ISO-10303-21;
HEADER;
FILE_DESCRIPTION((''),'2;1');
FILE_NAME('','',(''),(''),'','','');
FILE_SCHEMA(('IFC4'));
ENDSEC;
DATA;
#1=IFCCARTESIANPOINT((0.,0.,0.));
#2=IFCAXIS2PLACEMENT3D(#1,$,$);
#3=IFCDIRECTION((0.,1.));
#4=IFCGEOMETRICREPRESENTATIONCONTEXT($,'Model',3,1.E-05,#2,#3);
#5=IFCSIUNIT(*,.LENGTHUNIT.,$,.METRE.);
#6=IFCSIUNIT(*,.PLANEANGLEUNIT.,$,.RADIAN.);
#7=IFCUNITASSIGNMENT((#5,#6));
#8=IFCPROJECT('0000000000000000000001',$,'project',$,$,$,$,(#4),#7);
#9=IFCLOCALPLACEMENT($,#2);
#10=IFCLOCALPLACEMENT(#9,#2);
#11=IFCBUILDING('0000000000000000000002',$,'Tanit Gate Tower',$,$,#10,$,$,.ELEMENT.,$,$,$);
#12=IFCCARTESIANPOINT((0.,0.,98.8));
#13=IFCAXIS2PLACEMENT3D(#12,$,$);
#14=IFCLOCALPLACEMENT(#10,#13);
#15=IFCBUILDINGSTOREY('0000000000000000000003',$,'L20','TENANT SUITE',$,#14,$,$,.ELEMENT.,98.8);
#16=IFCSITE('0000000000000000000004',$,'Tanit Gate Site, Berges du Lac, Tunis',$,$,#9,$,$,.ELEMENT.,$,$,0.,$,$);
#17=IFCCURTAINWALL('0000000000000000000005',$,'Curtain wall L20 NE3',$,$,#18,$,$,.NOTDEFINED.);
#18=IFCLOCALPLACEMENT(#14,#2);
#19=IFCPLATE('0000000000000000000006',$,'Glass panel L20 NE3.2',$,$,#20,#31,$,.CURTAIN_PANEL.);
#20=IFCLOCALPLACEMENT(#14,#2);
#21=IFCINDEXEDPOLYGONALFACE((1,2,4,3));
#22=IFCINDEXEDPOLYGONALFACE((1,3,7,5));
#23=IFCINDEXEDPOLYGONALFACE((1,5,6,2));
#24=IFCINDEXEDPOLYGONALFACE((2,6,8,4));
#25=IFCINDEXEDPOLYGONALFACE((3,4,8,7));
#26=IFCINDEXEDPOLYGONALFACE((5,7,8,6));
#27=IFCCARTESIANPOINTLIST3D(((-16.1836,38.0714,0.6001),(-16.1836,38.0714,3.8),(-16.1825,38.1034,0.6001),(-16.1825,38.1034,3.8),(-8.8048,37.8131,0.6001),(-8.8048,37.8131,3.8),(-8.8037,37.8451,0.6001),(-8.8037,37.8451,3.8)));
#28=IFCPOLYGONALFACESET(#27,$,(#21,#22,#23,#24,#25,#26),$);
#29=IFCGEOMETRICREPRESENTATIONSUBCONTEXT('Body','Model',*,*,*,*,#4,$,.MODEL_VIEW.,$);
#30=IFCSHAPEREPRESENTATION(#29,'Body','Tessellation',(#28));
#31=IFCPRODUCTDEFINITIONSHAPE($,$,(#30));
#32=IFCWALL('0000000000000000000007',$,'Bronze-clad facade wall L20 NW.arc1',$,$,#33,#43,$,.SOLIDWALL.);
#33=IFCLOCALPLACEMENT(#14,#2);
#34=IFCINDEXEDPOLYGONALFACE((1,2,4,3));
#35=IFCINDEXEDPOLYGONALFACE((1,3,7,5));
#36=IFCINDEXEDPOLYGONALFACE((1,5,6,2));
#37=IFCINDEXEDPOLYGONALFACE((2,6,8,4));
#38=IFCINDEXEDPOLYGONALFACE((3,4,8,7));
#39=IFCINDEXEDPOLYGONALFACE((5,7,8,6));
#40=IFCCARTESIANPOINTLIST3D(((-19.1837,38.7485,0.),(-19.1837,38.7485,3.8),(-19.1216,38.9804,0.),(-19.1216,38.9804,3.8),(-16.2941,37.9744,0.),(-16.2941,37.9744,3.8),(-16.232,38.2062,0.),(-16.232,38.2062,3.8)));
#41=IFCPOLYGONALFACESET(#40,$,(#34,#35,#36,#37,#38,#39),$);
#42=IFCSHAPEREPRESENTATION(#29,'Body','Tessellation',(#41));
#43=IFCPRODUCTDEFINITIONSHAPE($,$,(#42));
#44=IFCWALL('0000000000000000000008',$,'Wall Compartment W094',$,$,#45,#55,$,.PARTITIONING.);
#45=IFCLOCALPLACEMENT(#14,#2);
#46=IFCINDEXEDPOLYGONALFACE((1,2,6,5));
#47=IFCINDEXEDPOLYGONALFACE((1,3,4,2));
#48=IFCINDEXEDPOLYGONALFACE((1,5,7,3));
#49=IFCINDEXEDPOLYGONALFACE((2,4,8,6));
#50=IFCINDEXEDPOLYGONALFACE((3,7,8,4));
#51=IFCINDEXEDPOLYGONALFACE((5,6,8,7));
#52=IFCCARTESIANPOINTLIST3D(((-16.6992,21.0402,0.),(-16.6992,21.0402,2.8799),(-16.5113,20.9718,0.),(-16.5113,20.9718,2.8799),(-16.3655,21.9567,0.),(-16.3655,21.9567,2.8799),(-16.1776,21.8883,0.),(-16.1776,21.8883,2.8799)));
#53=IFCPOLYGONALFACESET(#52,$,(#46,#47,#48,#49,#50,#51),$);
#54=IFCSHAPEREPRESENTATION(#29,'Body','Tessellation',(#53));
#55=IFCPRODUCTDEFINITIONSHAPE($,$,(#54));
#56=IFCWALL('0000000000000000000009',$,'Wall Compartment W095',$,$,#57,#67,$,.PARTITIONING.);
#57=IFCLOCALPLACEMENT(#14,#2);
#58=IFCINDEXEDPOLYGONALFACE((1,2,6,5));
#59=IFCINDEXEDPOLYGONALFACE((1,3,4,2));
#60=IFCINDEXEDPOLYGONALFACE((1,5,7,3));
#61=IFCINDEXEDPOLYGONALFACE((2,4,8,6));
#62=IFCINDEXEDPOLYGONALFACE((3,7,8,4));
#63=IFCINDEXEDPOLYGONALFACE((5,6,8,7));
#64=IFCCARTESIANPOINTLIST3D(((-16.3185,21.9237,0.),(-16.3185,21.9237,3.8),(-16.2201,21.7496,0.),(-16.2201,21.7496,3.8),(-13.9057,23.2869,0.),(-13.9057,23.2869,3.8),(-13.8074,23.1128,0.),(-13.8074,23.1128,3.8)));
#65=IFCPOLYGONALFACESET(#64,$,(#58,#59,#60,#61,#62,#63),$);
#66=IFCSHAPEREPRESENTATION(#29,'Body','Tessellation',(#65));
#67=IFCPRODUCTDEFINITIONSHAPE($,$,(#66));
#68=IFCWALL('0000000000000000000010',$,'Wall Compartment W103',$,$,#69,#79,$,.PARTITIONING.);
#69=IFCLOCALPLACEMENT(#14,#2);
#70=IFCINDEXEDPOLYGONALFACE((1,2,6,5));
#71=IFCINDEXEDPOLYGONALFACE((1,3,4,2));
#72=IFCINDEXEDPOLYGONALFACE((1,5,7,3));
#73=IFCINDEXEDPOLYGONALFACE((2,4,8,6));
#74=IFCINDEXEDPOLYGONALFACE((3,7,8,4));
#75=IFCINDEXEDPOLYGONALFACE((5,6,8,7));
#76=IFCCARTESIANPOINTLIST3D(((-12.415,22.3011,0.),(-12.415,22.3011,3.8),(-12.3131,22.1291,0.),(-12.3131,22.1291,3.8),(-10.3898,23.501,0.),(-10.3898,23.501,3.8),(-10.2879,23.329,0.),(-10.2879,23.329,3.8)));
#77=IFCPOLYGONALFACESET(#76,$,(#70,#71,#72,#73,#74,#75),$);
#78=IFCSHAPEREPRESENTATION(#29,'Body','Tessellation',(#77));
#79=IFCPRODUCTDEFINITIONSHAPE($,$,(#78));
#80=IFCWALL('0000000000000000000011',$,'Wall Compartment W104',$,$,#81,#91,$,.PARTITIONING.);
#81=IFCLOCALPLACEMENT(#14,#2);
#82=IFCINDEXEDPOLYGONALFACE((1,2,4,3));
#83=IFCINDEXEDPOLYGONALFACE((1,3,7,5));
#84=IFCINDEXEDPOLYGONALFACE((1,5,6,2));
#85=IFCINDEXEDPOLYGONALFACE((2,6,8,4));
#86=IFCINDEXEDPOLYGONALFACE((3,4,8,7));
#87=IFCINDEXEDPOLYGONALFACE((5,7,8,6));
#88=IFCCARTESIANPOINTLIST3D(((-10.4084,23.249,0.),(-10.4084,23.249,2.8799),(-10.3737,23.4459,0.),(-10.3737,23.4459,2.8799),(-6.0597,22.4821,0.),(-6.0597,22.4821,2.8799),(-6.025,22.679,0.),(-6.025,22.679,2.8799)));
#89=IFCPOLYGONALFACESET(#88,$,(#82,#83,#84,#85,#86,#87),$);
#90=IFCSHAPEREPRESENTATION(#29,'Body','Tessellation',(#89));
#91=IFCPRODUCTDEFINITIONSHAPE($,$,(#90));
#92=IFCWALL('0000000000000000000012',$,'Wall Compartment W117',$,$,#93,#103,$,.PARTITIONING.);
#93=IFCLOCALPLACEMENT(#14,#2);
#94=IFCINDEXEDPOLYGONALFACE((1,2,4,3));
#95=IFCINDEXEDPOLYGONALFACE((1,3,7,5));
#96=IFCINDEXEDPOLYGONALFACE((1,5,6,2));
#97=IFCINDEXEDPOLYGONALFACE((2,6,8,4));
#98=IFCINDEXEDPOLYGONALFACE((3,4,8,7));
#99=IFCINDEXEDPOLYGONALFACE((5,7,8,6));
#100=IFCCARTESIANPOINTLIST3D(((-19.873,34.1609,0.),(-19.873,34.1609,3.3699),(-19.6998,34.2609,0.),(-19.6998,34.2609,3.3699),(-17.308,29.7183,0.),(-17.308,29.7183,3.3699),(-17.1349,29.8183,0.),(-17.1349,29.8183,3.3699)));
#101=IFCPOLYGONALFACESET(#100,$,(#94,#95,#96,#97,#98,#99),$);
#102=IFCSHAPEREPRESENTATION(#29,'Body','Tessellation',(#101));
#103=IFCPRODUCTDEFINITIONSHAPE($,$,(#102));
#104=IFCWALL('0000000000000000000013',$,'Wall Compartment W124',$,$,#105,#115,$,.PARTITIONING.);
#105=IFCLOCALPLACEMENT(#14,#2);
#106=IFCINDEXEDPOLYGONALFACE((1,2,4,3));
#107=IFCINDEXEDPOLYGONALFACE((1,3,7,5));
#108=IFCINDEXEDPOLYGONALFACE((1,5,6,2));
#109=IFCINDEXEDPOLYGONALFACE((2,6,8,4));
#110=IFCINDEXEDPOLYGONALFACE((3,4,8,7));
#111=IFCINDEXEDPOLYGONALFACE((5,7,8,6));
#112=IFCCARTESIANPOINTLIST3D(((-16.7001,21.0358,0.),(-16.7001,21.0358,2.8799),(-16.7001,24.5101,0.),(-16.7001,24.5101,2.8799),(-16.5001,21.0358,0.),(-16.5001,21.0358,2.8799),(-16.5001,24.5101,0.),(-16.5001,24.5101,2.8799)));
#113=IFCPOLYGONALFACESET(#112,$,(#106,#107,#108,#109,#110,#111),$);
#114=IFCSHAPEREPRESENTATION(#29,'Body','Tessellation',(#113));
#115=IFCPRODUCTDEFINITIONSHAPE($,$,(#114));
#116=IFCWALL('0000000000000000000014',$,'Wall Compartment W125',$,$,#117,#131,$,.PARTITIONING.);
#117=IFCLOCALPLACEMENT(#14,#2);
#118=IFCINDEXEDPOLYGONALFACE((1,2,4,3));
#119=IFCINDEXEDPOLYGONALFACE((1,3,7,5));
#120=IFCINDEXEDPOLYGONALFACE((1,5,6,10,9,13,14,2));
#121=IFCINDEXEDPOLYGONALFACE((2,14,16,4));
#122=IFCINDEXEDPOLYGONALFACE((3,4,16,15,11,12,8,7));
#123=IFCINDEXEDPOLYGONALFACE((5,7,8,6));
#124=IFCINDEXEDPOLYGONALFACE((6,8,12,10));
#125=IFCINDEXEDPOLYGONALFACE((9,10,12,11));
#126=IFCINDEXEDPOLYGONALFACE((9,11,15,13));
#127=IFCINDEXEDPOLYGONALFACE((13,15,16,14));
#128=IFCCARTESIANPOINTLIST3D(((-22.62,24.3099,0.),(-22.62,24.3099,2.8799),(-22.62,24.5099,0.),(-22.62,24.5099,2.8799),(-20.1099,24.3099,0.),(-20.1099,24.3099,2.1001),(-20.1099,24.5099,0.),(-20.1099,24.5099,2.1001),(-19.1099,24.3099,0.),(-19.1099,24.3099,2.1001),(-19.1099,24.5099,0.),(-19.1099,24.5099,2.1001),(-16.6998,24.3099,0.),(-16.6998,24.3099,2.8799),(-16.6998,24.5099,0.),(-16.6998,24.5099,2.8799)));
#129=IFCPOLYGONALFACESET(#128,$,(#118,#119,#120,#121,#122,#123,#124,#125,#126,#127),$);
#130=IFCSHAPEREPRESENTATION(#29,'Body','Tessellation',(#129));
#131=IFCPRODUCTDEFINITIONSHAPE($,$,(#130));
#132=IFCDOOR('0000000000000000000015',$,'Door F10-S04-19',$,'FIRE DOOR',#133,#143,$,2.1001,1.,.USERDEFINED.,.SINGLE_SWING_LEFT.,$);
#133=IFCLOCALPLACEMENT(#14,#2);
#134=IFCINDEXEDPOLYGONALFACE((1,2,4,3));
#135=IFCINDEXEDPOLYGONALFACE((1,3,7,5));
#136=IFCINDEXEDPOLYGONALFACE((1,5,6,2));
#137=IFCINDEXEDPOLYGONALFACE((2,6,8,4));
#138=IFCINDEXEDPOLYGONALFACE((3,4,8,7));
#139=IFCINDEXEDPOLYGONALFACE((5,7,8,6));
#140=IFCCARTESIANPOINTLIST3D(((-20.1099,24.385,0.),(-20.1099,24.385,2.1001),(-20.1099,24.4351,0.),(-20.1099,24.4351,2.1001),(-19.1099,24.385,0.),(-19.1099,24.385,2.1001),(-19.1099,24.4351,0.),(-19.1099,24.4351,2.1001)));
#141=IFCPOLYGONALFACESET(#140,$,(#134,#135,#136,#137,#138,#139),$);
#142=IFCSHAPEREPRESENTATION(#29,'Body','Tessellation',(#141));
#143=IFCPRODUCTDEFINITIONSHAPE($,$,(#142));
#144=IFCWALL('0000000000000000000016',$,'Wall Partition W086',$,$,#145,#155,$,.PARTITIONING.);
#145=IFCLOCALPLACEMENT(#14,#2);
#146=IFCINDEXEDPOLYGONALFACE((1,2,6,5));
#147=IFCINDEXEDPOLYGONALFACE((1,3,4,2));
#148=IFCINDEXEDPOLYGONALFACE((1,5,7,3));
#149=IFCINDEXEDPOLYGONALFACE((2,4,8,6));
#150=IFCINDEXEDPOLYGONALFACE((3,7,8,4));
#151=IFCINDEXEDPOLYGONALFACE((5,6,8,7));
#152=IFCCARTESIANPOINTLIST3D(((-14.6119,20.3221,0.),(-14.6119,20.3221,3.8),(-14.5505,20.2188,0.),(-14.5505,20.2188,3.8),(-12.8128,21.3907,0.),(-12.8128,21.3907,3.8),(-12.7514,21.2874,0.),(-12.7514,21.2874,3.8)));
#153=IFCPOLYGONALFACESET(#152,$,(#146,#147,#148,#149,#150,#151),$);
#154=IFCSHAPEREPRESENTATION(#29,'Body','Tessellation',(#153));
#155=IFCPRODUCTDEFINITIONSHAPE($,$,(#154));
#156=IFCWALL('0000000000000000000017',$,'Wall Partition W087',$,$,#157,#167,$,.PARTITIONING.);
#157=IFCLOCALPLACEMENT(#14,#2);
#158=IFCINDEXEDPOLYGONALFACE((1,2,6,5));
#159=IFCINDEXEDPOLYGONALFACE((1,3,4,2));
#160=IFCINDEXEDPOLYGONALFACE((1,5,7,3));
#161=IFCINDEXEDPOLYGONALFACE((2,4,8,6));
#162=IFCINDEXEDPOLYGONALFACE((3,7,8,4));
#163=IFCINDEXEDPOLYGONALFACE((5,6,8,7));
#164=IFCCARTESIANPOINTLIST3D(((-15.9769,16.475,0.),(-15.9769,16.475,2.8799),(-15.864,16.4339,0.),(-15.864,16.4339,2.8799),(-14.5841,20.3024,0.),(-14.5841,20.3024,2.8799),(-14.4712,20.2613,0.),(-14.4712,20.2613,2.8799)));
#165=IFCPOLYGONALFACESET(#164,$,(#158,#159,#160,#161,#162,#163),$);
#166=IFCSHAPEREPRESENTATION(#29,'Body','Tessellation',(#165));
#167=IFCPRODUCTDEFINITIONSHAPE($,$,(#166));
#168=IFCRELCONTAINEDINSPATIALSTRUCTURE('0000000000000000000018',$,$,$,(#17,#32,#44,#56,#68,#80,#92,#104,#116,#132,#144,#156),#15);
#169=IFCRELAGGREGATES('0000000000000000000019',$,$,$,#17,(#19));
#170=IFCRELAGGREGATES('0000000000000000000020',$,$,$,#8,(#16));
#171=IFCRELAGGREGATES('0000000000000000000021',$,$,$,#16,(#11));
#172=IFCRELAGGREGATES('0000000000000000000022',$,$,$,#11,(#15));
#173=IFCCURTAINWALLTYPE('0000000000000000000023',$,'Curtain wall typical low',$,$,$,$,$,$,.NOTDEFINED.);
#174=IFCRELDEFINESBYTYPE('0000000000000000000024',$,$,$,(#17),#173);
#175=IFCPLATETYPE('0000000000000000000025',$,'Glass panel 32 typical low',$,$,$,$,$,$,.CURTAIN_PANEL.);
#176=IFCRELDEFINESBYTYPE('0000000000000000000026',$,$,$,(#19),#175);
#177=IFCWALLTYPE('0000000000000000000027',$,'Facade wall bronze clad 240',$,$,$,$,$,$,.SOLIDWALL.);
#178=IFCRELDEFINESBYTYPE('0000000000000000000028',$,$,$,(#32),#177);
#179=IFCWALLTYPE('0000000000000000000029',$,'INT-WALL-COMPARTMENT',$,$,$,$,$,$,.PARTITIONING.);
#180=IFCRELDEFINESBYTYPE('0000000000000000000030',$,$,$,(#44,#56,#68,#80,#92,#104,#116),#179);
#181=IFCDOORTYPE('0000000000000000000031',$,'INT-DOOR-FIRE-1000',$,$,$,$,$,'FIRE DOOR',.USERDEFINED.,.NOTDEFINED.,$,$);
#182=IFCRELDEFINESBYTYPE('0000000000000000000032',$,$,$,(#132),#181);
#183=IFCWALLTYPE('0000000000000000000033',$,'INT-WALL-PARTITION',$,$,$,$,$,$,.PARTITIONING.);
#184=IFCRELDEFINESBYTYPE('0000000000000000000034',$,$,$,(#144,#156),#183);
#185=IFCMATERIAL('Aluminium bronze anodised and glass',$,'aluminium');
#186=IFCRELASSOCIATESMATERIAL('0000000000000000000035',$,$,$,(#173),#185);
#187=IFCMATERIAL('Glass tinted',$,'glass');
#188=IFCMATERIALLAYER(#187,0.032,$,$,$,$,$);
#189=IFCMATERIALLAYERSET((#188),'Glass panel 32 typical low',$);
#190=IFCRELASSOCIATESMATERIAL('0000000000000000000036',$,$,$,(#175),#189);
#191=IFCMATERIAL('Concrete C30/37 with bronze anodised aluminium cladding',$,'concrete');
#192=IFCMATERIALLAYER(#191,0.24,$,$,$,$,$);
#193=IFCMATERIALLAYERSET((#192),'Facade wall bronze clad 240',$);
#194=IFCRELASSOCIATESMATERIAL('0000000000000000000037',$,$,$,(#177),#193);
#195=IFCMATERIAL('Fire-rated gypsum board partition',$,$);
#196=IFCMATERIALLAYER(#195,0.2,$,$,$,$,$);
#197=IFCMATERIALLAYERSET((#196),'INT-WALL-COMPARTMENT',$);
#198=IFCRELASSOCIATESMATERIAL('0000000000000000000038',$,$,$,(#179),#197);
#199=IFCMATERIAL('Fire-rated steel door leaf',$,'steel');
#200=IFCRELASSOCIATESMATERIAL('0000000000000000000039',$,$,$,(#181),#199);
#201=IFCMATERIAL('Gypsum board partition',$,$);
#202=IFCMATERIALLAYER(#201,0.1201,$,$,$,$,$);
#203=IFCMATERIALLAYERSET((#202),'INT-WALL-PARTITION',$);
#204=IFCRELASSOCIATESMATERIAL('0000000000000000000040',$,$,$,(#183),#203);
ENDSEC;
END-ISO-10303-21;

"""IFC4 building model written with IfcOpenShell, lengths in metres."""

from ifc_helpers import new_model, si_unit, direction, frame, frame_2d, origin, origin_2d, place, context, subcontext, project, spatial, rectangle, extrude, material, layer, layer_set, type_object, element, fill, aggregate, save


model = new_model("IFC4")

# Units and contexts
model_context = context("Model", 3, precision=1e-05, world=origin(), true_north=direction((0.0, 1.0)))
body_context = subcontext(model_context, "Body", "Model", "MODEL_VIEW")
ifc_project = project(units=[si_unit("LENGTHUNIT", "METRE"), si_unit("PLANEANGLEUNIT", "RADIAN")], contexts=[model_context])

# Site, building, storey
site_placement = place(None, origin())
site = spatial("IfcSite", under=ifc_project, at=site_placement, Name="Tanit Gate Site, Berges du Lac, Tunis", CompositionType="ELEMENT", RefElevation=0.0)
building_placement = place(site_placement, origin())
building = spatial("IfcBuilding", under=site, at=building_placement, Name="Tanit Gate Tower", CompositionType="ELEMENT")
storey_placement = place(building_placement, frame((0.0, 0.0, 98.8)))
storey = spatial("IfcBuildingStorey", under=building, at=storey_placement, Name="L20", Description="TENANT SUITE", CompositionType="ELEMENT", Elevation=98.8)

# Curtain wall
ifc_material_1 = material(Name="Aluminium bronze anodised and glass", Category="aluminium")
curtain_wall_type = type_object("IfcCurtainWallType", Name="Curtain wall typical low", PredefinedType="NOTDEFINED", material=ifc_material_1)
curtain_wall_placement = place(storey_placement, origin())
curtain_wall = element("IfcCurtainWall", 1, at=curtain_wall_placement, inside=storey, type_object=curtain_wall_type, Name="Curtain wall L20 NE3", PredefinedType="NOTDEFINED")

# Plate
ifc_material_2 = material(Name="Glass tinted", Category="glass")
ifc_layer_1 = layer(ifc_material_2, 0.032)
ifc_layer_set_1 = layer_set([ifc_layer_1], Name="Glass panel 32 typical low")
plate_type = type_object("IfcPlateType", Name="Glass panel 32 typical low", PredefinedType="CURTAIN_PANEL", material=ifc_layer_set_1)
plate_1_placement = place(storey_placement, frame((-12.4937, 37.9583, 0.6001), z_axis=(0.0, 0.0, 1.0), x_axis=(-0.999388, 0.034985, 0.0)))
plate_1 = element("IfcPlate", 2, at=plate_1_placement, type_object=plate_type, Name="Glass panel L20 NE3.2", PredefinedType="CURTAIN_PANEL", context=body_context, shape_type="SweptSolid", body=[
    extrude(rectangle(XDim=7.3833, YDim=0.032, at=origin_2d()), origin(), (0.0, 0.0, 1.0), 3.2),
])
aggregate(curtain_wall, [plate_1])

# Walls
ifc_material_3 = material(Name="Concrete C30/37 with bronze anodised aluminium cladding", Category="concrete")
ifc_layer_2 = layer(ifc_material_3, 0.24)
ifc_layer_set_2 = layer_set([ifc_layer_2], Name="Facade wall bronze clad 240")
wall_type_1 = type_object("IfcWallType", Name="Facade wall bronze clad 240", PredefinedType="SOLIDWALL", material=ifc_layer_set_2)
wall_1_placement = place(storey_placement, frame((-16.2632, 38.0903, 0.0), z_axis=(0.0, 0.0, 1.0), x_axis=(-0.965935, 0.258785, 0.0)))
element("IfcWall", 3, at=wall_1_placement, inside=storey, type_object=wall_type_1, Name="Bronze-clad facade wall L20 NW.arc1", PredefinedType="SOLIDWALL", context=body_context, shape_type="SweptSolid", body=[
    extrude(rectangle(XDim=2.9915, YDim=0.24, at=frame_2d((1.4956, 0.0))), origin(), (0.0, 0.0, 1.0), 3.8),
])
ifc_material_4 = material(Name="Fire-rated gypsum board partition")
ifc_layer_3 = layer(ifc_material_4, 0.2)
ifc_layer_set_3 = layer_set([ifc_layer_3], Name="INT-WALL-COMPARTMENT")
wall_type_2 = type_object("IfcWallType", Name="INT-WALL-COMPARTMENT", PredefinedType="PARTITIONING", material=ifc_layer_set_3)
wall_2_placement = place(storey_placement, frame((-16.2715, 21.9226, 0.0), z_axis=(0.0, 0.0, 1.0), x_axis=(-0.342165, -0.93964, 0.0)))
element("IfcWall", 4, at=wall_2_placement, inside=storey, type_object=wall_type_2, Name="Wall Compartment W094", PredefinedType="PARTITIONING", context=body_context, shape_type="SweptSolid", body=[
    extrude(rectangle(XDim=0.9753, YDim=0.2, at=frame_2d((0.4878, 0.0))), origin(), (0.0, 0.0, 1.0), 2.8799),
])
wall_3_placement = place(storey_placement, frame((-13.8564, 23.2, 0.0), z_axis=(0.0, 0.0, 1.0), x_axis=(-0.87064, -0.491921, 0.0)))
element("IfcWall", 5, at=wall_3_placement, inside=storey, type_object=wall_type_2, Name="Wall Compartment W095", PredefinedType="PARTITIONING", context=body_context, shape_type="SweptSolid", body=[
    extrude(rectangle(XDim=2.7712, YDim=0.2, at=frame_2d((1.3857, 0.0))), origin(), (0.0, 0.0, 1.0), 3.8),
])
wall_4_placement = place(storey_placement, frame((-10.3389, 23.415, 0.0), z_axis=(0.0, 0.0, 1.0), x_axis=(-0.860317, -0.50976, 0.0)))
element("IfcWall", 6, at=wall_4_placement, inside=storey, type_object=wall_type_2, Name="Wall Compartment W103", PredefinedType="PARTITIONING", context=body_context, shape_type="SweptSolid", body=[
    extrude(rectangle(XDim=2.354, YDim=0.2, at=frame_2d((1.177, 0.0))), origin(), (0.0, 0.0, 1.0), 3.8),
])
wall_5_placement = place(storey_placement, frame((-6.0422, 22.5806, 0.0), z_axis=(0.0, 0.0, 1.0), x_axis=(-0.984805, 0.173662, 0.0)))
element("IfcWall", 7, at=wall_5_placement, inside=storey, type_object=wall_type_2, Name="Wall Compartment W104", PredefinedType="PARTITIONING", context=body_context, shape_type="SweptSolid", body=[
    extrude(rectangle(XDim=4.4158, YDim=0.2, at=frame_2d((2.208, 0.0))), origin(), (0.0, 0.0, 1.0), 2.8799),
])
wall_6_placement = place(storey_placement, frame((-17.2214, 29.7683, 0.0), z_axis=(0.0, 0.0, 1.0), x_axis=(-0.499998, 0.866026, 0.0)))
element("IfcWall", 8, at=wall_6_placement, inside=storey, type_object=wall_type_2, Name="Wall Compartment W117", PredefinedType="PARTITIONING", context=body_context, shape_type="SweptSolid", body=[
    extrude(rectangle(XDim=5.1299, YDim=0.2, at=frame_2d((2.5649, 0.0))), origin(), (0.0, 0.0, 1.0), 3.3699),
])
wall_7_placement = place(storey_placement, frame((-16.6001, 21.0356, 0.0), z_axis=(0.0, 0.0, 1.0), x_axis=(0.0, 1.0, 0.0)))
element("IfcWall", 9, at=wall_7_placement, inside=storey, type_object=wall_type_2, Name="Wall Compartment W124", PredefinedType="PARTITIONING", context=body_context, shape_type="SweptSolid", body=[
    extrude(rectangle(XDim=3.4744, YDim=0.2, at=frame_2d((1.7373, 0.0))), origin(), (0.0, 0.0, 1.0), 2.8799),
])

# Wall, opening, door
wall_8_placement = place(storey_placement, frame((-16.7, 24.4099, 0.0), z_axis=(0.0, 0.0, 1.0), x_axis=(-1.0, 0.0, 0.0)))
wall_8 = element("IfcWall", 10, at=wall_8_placement, inside=storey, type_object=wall_type_2, Name="Wall Compartment W125", PredefinedType="PARTITIONING", context=body_context, shape_type="SweptSolid", body=[
    extrude(rectangle(XDim=5.9202, YDim=0.2, at=frame_2d((2.96, 0.0))), origin(), (0.0, 0.0, 1.0), 2.8799),
])
opening_1_placement = place(wall_8_placement, frame((2.4099, 0.0, 0.0)))
opening_1 = element("IfcOpeningElement", 11, at=opening_1_placement, cuts=wall_8, PredefinedType="OPENING", context=body_context, shape_type="SweptSolid", body=[
    extrude(rectangle(XDim=1.0, YDim=2.1001, at=frame_2d((0.5, 1.05))), frame((0.0, 0.1099, 0.0), z_axis=(0.0, -1.0, 0.0), x_axis=(1.0, 0.0, 0.0)), (0.0, 0.0, 1.0), 0.22),
])
ifc_material_5 = material(Name="Fire-rated steel door leaf", Category="steel")
door_type_1 = type_object("IfcDoorType", Name="INT-DOOR-FIRE-1000", ElementType="FIRE DOOR", OperationType="NOTDEFINED", PredefinedType="USERDEFINED", material=ifc_material_5)
door_1_placement = place(opening_1_placement, origin())
door_1 = element("IfcDoor", 12, at=door_1_placement, inside=storey, type_object=door_type_1, Name="Door F10-S04-19", ObjectType="FIRE DOOR", OperationType="SINGLE_SWING_LEFT", OverallHeight=2.1001, OverallWidth=1.0, PredefinedType="USERDEFINED", context=body_context, shape_type="SweptSolid", body=[
    extrude(rectangle(XDim=1.0, YDim=2.1001, at=frame_2d((0.5, 1.05))), frame((0.0, 0.0249, 0.0), z_axis=(0.0, -1.0, 0.0), x_axis=(1.0, 0.0, 0.0)), (0.0, 0.0, 1.0), 0.05),
])
fill(opening_1, door_1)

# Walls
ifc_material_6 = material(Name="Gypsum board partition")
ifc_layer_4 = layer(ifc_material_6, 0.1201)
ifc_layer_set_4 = layer_set([ifc_layer_4], Name="INT-WALL-PARTITION")
wall_type_3 = type_object("IfcWallType", Name="INT-WALL-PARTITION", PredefinedType="PARTITIONING", material=ifc_layer_set_4)
wall_9_placement = place(storey_placement, frame((-12.782, 21.3391, 0.0), z_axis=(0.0, 0.0, 1.0), x_axis=(-0.85977, -0.510682, 0.0)))
element("IfcWall", 13, at=wall_9_placement, inside=storey, type_object=wall_type_3, Name="Wall Partition W086", PredefinedType="PARTITIONING", context=body_context, shape_type="SweptSolid", body=[
    extrude(rectangle(XDim=2.0925, YDim=0.1201, at=frame_2d((1.0464, 0.0))), origin(), (0.0, 0.0, 1.0), 3.8),
])
wall_10_placement = place(storey_placement, frame((-14.5276, 20.282, 0.0), z_axis=(0.0, 0.0, 1.0), x_axis=(-0.341969, -0.939711, 0.0)))
element("IfcWall", 14, at=wall_10_placement, inside=storey, type_object=wall_type_3, Name="Wall Partition W087", PredefinedType="PARTITIONING", context=body_context, shape_type="SweptSolid", body=[
    extrude(rectangle(XDim=4.073, YDim=0.1201, at=frame_2d((2.0366, 0.0))), origin(), (0.0, 0.0, 1.0), 2.8799),
])

save(model, "model.ifc")
